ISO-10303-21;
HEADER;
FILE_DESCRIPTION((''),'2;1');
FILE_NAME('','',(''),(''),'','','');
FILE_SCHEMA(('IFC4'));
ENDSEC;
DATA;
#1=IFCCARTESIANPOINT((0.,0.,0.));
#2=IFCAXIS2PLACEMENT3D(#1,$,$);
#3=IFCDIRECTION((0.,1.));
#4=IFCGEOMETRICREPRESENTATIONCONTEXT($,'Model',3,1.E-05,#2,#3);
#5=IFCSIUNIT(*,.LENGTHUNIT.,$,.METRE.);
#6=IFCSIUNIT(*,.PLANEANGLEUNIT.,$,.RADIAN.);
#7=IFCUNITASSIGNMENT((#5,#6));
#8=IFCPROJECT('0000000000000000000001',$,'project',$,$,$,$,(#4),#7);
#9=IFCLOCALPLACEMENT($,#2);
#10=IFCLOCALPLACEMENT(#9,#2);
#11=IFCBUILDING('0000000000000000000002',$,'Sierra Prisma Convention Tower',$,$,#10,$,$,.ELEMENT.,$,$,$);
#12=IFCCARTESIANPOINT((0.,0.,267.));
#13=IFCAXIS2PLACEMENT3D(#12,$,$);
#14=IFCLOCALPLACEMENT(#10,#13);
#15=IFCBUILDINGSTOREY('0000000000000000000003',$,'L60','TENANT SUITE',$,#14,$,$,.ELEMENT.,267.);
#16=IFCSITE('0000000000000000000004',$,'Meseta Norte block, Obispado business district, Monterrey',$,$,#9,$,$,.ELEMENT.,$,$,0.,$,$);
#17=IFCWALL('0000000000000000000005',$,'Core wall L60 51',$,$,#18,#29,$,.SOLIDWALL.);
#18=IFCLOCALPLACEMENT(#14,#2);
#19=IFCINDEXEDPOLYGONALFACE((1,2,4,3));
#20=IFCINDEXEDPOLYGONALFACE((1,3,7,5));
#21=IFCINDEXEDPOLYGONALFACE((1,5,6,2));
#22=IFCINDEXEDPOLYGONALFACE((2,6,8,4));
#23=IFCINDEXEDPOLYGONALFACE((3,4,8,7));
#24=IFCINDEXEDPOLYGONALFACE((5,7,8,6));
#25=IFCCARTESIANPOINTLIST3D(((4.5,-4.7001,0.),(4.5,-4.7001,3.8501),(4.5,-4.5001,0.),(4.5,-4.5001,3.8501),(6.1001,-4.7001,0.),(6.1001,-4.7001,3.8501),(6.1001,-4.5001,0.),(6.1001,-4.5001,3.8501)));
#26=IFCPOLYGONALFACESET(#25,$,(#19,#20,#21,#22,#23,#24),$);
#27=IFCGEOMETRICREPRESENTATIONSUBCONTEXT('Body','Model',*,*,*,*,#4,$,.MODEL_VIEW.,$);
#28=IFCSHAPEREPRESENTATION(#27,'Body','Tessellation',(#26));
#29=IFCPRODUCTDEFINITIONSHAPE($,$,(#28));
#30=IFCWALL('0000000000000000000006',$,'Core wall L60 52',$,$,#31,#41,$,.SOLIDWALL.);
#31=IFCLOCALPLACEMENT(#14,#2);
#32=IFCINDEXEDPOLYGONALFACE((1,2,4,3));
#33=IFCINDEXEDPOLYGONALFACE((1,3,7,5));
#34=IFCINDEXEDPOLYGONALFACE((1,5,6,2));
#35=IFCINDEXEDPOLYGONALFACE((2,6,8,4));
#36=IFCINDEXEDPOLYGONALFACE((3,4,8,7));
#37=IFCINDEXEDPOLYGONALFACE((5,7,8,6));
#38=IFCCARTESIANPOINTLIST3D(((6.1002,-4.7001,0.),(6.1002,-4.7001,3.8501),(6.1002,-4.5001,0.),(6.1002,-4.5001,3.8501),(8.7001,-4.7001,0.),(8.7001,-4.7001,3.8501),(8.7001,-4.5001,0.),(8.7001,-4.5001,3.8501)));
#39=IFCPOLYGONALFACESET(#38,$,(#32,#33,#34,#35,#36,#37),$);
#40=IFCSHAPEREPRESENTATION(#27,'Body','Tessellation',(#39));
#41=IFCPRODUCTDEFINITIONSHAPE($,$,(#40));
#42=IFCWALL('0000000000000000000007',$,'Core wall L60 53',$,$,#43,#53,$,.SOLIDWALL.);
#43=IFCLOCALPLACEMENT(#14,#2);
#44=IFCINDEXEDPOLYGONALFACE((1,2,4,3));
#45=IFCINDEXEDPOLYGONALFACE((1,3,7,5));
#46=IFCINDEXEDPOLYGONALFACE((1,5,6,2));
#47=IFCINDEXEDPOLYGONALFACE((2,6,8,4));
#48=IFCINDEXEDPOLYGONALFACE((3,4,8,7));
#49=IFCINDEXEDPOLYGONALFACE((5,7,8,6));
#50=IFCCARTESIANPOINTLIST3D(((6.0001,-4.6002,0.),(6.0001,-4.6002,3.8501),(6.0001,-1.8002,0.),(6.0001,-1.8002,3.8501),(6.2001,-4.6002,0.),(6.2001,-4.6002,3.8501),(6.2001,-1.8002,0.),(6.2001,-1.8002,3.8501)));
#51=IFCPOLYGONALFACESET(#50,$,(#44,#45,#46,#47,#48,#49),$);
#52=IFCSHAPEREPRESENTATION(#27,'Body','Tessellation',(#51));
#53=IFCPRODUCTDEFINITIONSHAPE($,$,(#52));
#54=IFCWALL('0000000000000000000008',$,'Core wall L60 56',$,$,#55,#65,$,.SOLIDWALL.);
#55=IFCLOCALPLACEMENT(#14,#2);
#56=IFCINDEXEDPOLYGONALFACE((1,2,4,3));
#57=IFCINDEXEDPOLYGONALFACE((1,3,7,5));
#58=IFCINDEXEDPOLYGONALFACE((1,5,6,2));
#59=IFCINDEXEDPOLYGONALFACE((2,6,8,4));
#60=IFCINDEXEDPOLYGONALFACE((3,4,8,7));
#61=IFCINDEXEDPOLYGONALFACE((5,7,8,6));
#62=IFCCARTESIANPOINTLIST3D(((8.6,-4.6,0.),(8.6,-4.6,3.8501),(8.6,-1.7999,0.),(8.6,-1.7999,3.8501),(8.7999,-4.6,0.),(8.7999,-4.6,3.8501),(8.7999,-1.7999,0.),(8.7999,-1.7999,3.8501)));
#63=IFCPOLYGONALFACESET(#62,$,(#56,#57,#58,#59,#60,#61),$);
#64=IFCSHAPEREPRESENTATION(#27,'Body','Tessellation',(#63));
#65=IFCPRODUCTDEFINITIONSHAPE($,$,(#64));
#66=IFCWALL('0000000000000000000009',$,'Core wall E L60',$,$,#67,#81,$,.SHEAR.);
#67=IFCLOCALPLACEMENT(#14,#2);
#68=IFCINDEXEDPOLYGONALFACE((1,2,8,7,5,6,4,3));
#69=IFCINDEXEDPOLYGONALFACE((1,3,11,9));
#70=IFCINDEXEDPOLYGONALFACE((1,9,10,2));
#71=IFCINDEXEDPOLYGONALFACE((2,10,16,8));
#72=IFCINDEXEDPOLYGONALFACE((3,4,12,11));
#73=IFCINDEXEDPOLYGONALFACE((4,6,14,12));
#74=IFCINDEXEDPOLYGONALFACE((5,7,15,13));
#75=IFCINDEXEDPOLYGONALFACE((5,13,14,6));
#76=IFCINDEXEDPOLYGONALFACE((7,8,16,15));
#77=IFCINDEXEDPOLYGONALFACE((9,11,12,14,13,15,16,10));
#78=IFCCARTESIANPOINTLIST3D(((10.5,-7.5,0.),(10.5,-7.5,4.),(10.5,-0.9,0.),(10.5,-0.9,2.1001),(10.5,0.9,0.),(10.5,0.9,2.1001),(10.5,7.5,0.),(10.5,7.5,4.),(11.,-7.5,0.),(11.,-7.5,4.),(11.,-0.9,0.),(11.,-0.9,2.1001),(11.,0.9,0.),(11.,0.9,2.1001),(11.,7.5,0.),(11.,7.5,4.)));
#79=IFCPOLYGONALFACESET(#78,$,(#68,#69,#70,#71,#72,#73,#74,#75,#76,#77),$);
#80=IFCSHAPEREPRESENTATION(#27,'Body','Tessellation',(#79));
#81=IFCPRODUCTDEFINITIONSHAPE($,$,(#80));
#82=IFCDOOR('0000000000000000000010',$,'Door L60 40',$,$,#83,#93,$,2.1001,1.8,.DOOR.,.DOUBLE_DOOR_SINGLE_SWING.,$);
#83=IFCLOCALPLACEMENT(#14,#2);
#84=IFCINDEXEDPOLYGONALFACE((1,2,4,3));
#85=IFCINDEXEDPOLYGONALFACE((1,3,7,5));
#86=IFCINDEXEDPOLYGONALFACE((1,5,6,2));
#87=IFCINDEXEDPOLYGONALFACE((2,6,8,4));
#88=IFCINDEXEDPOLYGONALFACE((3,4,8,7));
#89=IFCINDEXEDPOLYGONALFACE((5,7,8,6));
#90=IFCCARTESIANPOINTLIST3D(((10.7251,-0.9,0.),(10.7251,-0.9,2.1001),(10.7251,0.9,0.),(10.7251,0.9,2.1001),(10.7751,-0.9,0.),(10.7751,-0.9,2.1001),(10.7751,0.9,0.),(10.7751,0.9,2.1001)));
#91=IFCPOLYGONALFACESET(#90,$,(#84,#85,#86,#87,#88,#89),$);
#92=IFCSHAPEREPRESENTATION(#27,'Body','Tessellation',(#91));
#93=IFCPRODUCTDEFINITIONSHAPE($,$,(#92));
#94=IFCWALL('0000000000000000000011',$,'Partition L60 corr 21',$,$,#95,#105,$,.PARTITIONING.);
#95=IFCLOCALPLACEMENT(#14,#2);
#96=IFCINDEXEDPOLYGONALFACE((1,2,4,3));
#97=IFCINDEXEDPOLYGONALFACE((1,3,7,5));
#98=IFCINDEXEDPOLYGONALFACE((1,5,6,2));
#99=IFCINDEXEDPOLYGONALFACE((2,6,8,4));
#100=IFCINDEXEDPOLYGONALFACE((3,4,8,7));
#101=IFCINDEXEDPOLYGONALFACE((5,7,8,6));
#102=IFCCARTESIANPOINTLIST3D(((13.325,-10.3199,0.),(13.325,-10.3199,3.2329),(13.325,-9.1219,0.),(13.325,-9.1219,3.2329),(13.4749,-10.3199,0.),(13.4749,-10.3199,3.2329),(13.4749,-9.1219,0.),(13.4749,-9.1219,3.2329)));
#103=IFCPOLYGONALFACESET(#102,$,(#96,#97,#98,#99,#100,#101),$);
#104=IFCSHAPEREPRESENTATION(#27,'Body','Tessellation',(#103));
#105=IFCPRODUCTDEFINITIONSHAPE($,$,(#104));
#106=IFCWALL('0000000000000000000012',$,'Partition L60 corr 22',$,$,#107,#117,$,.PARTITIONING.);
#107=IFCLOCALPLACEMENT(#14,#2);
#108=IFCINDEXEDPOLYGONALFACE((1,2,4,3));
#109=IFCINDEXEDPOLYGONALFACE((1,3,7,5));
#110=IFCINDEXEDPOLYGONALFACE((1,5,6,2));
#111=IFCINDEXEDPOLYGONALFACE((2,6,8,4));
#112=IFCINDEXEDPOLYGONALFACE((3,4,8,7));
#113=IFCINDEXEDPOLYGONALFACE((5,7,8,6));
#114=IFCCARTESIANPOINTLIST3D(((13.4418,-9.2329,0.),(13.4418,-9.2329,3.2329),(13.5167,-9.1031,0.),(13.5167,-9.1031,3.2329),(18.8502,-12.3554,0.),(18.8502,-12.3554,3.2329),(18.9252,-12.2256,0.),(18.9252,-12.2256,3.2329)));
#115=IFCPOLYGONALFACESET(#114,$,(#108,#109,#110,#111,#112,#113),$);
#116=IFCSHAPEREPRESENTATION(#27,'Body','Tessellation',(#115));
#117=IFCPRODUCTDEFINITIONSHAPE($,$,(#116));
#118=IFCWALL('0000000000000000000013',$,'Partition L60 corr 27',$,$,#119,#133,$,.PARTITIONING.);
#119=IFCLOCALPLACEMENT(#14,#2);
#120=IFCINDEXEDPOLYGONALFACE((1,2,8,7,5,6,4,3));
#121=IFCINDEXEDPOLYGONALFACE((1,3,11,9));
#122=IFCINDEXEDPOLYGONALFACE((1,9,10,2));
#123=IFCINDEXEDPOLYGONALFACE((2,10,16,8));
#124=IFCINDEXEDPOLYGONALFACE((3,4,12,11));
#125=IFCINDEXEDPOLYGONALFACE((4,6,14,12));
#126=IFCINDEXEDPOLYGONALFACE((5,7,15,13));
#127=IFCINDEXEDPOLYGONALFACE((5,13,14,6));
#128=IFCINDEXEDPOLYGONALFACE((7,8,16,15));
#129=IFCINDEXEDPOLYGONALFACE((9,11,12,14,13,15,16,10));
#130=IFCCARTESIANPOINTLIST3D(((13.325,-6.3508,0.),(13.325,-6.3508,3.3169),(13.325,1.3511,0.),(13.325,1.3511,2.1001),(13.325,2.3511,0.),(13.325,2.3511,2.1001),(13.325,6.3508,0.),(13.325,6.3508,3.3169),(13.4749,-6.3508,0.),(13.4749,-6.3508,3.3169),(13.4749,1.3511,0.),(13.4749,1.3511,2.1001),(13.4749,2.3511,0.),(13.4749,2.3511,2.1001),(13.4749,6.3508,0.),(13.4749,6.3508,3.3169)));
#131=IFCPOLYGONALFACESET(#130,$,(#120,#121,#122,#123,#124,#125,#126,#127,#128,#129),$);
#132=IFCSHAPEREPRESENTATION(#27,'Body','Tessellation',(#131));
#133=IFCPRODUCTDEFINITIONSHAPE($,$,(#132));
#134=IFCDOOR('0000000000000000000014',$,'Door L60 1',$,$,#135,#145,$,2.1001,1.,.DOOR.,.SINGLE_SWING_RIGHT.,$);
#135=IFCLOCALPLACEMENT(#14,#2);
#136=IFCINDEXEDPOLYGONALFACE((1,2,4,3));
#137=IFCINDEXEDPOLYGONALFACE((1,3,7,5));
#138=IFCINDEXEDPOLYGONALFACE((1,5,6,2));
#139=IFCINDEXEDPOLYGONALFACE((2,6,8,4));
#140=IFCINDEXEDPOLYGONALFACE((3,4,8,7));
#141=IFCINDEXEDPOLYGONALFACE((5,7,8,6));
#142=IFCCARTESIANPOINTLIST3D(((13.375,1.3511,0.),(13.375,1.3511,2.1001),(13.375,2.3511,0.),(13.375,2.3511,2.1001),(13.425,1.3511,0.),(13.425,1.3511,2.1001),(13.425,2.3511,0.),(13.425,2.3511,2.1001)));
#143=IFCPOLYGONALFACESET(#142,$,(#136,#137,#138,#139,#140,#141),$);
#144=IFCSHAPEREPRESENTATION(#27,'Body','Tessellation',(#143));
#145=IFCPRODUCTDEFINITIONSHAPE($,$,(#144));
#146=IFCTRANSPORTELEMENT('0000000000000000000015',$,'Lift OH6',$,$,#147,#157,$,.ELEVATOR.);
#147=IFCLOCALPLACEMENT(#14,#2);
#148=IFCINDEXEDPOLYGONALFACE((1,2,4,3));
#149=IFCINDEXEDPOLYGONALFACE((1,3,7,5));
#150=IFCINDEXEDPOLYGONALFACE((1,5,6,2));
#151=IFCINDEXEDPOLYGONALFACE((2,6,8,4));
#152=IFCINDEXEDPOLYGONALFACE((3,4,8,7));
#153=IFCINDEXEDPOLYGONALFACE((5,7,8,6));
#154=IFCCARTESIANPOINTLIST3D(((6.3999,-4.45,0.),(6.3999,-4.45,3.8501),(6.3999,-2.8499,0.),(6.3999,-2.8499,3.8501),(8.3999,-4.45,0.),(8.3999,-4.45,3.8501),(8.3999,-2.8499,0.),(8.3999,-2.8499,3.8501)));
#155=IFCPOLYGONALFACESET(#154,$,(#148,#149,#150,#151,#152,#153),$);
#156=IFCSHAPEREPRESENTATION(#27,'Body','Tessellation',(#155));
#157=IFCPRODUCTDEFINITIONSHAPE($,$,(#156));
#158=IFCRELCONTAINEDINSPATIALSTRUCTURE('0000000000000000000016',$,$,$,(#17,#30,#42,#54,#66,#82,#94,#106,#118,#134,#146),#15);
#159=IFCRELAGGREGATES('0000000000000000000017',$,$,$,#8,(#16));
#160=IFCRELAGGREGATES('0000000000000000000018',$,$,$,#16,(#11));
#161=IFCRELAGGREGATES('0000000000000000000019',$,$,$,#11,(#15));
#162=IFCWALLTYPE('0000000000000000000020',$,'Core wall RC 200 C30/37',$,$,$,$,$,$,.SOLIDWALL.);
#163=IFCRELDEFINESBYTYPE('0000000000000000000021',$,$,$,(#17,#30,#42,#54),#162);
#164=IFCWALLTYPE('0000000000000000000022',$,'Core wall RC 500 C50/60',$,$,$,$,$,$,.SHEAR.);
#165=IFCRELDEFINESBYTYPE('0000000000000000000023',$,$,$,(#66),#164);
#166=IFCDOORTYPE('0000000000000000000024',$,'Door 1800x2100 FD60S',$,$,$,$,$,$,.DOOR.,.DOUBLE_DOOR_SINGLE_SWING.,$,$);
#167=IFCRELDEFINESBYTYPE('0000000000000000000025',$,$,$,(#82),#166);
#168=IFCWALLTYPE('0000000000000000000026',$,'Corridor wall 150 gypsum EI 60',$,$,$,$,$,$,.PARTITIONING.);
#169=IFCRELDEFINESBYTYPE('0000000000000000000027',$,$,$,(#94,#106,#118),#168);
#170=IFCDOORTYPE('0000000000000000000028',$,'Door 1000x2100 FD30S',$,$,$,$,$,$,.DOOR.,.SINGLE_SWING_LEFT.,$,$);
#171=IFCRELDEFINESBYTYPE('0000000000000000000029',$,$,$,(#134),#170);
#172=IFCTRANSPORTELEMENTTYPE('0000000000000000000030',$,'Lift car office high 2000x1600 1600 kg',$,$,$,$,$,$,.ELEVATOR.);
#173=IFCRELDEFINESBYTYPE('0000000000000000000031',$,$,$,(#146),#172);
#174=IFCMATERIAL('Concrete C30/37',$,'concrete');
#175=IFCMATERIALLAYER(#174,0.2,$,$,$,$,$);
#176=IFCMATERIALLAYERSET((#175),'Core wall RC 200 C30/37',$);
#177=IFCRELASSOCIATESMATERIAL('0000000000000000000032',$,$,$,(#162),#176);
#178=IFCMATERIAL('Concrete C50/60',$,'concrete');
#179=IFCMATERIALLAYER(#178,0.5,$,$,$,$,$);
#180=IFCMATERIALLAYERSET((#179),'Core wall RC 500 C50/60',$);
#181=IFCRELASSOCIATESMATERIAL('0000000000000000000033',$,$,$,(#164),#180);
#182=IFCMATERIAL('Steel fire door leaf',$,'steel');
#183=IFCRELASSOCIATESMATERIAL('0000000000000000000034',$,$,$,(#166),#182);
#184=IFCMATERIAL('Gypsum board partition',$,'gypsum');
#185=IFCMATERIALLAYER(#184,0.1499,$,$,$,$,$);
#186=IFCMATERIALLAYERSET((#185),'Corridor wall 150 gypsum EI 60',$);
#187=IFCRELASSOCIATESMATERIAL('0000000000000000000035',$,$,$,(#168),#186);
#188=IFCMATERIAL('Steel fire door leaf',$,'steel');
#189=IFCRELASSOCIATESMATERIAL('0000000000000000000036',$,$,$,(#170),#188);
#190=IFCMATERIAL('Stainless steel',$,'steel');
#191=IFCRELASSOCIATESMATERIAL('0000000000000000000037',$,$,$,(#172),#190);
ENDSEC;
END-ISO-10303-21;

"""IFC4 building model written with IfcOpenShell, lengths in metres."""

from ifc_helpers import new_model, si_unit, direction, frame, frame_2d, origin, origin_2d, place, context, subcontext, project, spatial, rectangle, extrude, material, layer, layer_set, type_object, element, fill, save


model = new_model("IFC4")

# Units and contexts
model_context = context("Model", 3, precision=1e-05, world=origin(), true_north=direction((0.0, 1.0)))
body_context = subcontext(model_context, "Body", "Model", "MODEL_VIEW")
ifc_project = project(units=[si_unit("LENGTHUNIT", "METRE"), si_unit("PLANEANGLEUNIT", "RADIAN")], contexts=[model_context])

# Site, building, storey
site_placement = place(None, origin())
site = spatial("IfcSite", under=ifc_project, at=site_placement, Name="Meseta Norte block, Obispado business district, Monterrey", CompositionType="ELEMENT", RefElevation=0.0)
building_placement = place(site_placement, origin())
building = spatial("IfcBuilding", under=site, at=building_placement, Name="Sierra Prisma Convention Tower", CompositionType="ELEMENT")
storey_placement = place(building_placement, frame((0.0, 0.0, 267.0)))
storey = spatial("IfcBuildingStorey", under=building, at=storey_placement, Name="L60", Description="TENANT SUITE", CompositionType="ELEMENT", Elevation=267.0)

# Walls
ifc_material_1 = material(Name="Concrete C30/37", Category="concrete")
ifc_layer_1 = layer(ifc_material_1, 0.2)
ifc_layer_set_1 = layer_set([ifc_layer_1], Name="Core wall RC 200 C30/37")
wall_type_1 = type_object("IfcWallType", Name="Core wall RC 200 C30/37", PredefinedType="SOLIDWALL", material=ifc_layer_set_1)
wall_1_placement = place(storey_placement, frame((6.1001, -4.6001, 0.0), z_axis=(0.0, 0.0, 1.0), x_axis=(-1.0, 0.0, 0.0)))
element("IfcWall", 1, at=wall_1_placement, inside=storey, type_object=wall_type_1, Name="Core wall L60 51", PredefinedType="SOLIDWALL", context=body_context, shape_type="SweptSolid", body=[
    extrude(rectangle(XDim=1.6001, YDim=0.2, at=frame_2d((0.8, 0.0))), origin(), (0.0, 0.0, 1.0), 3.8501),
])
wall_2_placement = place(storey_placement, frame((8.7, -4.6001, 0.0), z_axis=(0.0, 0.0, 1.0), x_axis=(-1.0, 0.0, 0.0)))
element("IfcWall", 2, at=wall_2_placement, inside=storey, type_object=wall_type_1, Name="Core wall L60 52", PredefinedType="SOLIDWALL", context=body_context, shape_type="SweptSolid", body=[
    extrude(rectangle(XDim=2.5999, YDim=0.2, at=frame_2d((1.2998, 0.0))), origin(), (0.0, 0.0, 1.0), 3.8501),
])
wall_3_placement = place(storey_placement, frame((6.1001, -4.6001, 0.0), z_axis=(0.0, 0.0, 1.0), x_axis=(0.0, 1.0, 0.0)))
element("IfcWall", 3, at=wall_3_placement, inside=storey, type_object=wall_type_1, Name="Core wall L60 53", PredefinedType="SOLIDWALL", context=body_context, shape_type="SweptSolid", body=[
    extrude(rectangle(XDim=2.8, YDim=0.2, at=frame_2d((1.3999, 0.0))), origin(), (0.0, 0.0, 1.0), 3.8501),
])

# Wall
wall_4_placement = place(storey_placement, frame((8.7, -1.8, 0.0), z_axis=(0.0, 0.0, 1.0), x_axis=(0.0, -1.0, 0.0)))
element("IfcWall", 4, at=wall_4_placement, inside=storey, type_object=wall_type_1, Name="Core wall L60 56", PredefinedType="SOLIDWALL", context=body_context, shape_type="SweptSolid", body=[
    extrude(rectangle(XDim=2.8, YDim=0.2, at=frame_2d((1.3999, 0.0))), origin(), (0.0, 0.0, 1.0), 3.8501),
])

# Wall, opening, door
ifc_material_2 = material(Name="Concrete C50/60", Category="concrete")
ifc_layer_2 = layer(ifc_material_2, 0.5)
ifc_layer_set_2 = layer_set([ifc_layer_2], Name="Core wall RC 500 C50/60")
wall_type_2 = type_object("IfcWallType", Name="Core wall RC 500 C50/60", PredefinedType="SHEAR", material=ifc_layer_set_2)
wall_5_placement = place(storey_placement, frame((10.75, -7.5, 0.0), z_axis=(0.0, 0.0, 1.0), x_axis=(0.0, 1.0, 0.0)))
wall_5 = element("IfcWall", 5, at=wall_5_placement, inside=storey, type_object=wall_type_2, Name="Core wall E L60", PredefinedType="SHEAR", context=body_context, shape_type="SweptSolid", body=[
    extrude(rectangle(XDim=15.0, YDim=0.5, at=frame_2d((7.5, 0.0))), origin(), (0.0, 0.0, 1.0), 4.0),
])
opening_1_placement = place(wall_5_placement, frame((6.6001, 0.0, 0.0)))
opening_1 = element("IfcOpeningElement", 6, at=opening_1_placement, cuts=wall_5, PredefinedType="OPENING", context=body_context, shape_type="SweptSolid", body=[
    extrude(rectangle(XDim=1.8, YDim=2.1001, at=frame_2d((0.8999, 1.05))), frame((0.0, 0.25, 0.0), z_axis=(0.0, -1.0, 0.0), x_axis=(1.0, 0.0, 0.0)), (0.0, 0.0, 1.0), 0.5),
])
ifc_material_3 = material(Name="Steel fire door leaf", Category="steel")
door_type_1 = type_object("IfcDoorType", Name="Door 1800x2100 FD60S", OperationType="DOUBLE_DOOR_SINGLE_SWING", PredefinedType="DOOR", material=ifc_material_3)
door_1_placement = place(opening_1_placement, origin())
door_1 = element("IfcDoor", 7, at=door_1_placement, inside=storey, type_object=door_type_1, Name="Door L60 40", OperationType="DOUBLE_DOOR_SINGLE_SWING", OverallHeight=2.1001, OverallWidth=1.8, PredefinedType="DOOR", context=body_context, shape_type="SweptSolid", body=[
    extrude(rectangle(XDim=1.8, YDim=2.1001, at=frame_2d((0.8999, 1.05))), frame((0.0, 0.0249, 0.0), z_axis=(0.0, -1.0, 0.0), x_axis=(1.0, 0.0, 0.0)), (0.0, 0.0, 1.0), 0.05),
])
fill(opening_1, door_1)

# Walls
ifc_material_4 = material(Name="Gypsum board partition", Category="gypsum")
ifc_layer_3 = layer(ifc_material_4, 0.1499)
ifc_layer_set_3 = layer_set([ifc_layer_3], Name="Corridor wall 150 gypsum EI 60")
wall_type_3 = type_object("IfcWallType", Name="Corridor wall 150 gypsum EI 60", PredefinedType="PARTITIONING", material=ifc_layer_set_3)
wall_6_placement = place(storey_placement, frame((13.3999, -10.3201, 0.0), z_axis=(0.0, 0.0, 1.0), x_axis=(0.0, 1.0, 0.0)))
element("IfcWall", 8, at=wall_6_placement, inside=storey, type_object=wall_type_3, Name="Partition L60 corr 21", PredefinedType="PARTITIONING", context=body_context, shape_type="SweptSolid", body=[
    extrude(rectangle(XDim=1.198, YDim=0.1499, at=frame_2d((0.5991, 0.0))), origin(), (0.0, 0.0, 1.0), 3.2329),
])
wall_7_placement = place(storey_placement, frame((13.4792, -9.168, 0.0), z_axis=(0.0, 0.0, 1.0), x_axis=(0.866026, -0.499999, 0.0)))
element("IfcWall", 9, at=wall_7_placement, inside=storey, type_object=wall_type_3, Name="Partition L60 corr 22", PredefinedType="PARTITIONING", context=body_context, shape_type="SweptSolid", body=[
    extrude(rectangle(XDim=6.2451, YDim=0.1499, at=frame_2d((3.1226, 0.0))), origin(), (0.0, 0.0, 1.0), 3.2329),
])

# Wall, opening, door
wall_8_placement = place(storey_placement, frame((13.3999, -6.3508, 0.0), z_axis=(0.0, 0.0, 1.0), x_axis=(0.0, 1.0, 0.0)))
wall_8 = element("IfcWall", 10, at=wall_8_placement, inside=storey, type_object=wall_type_3, Name="Partition L60 corr 27", PredefinedType="PARTITIONING", context=body_context, shape_type="SweptSolid", body=[
    extrude(rectangle(XDim=12.7017, YDim=0.1499, at=frame_2d((6.3508, 0.0))), origin(), (0.0, 0.0, 1.0), 3.3169),
])
opening_2_placement = place(wall_8_placement, frame((7.7019, 0.0, 0.0)))
opening_2 = element("IfcOpeningElement", 11, at=opening_2_placement, cuts=wall_8, PredefinedType="OPENING", context=body_context, shape_type="SweptSolid", body=[
    extrude(rectangle(XDim=1.0, YDim=2.1001, at=frame_2d((0.5, 1.05))), frame((0.0, 0.075, 0.0), z_axis=(0.0, -1.0, 0.0), x_axis=(1.0, 0.0, 0.0)), (0.0, 0.0, 1.0), 0.1499),
])
ifc_material_5 = material(Name="Steel fire door leaf", Category="steel")
door_type_2 = type_object("IfcDoorType", Name="Door 1000x2100 FD30S", OperationType="SINGLE_SWING_LEFT", PredefinedType="DOOR", material=ifc_material_5)
door_2_placement = place(opening_2_placement, origin())
door_2 = element("IfcDoor", 12, at=door_2_placement, inside=storey, type_object=door_type_2, Name="Door L60 1", OperationType="SINGLE_SWING_RIGHT", OverallHeight=2.1001, OverallWidth=1.0, PredefinedType="DOOR", context=body_context, shape_type="SweptSolid", body=[
    extrude(rectangle(XDim=1.0, YDim=2.1001, at=frame_2d((0.5, 1.05))), frame((0.0, 0.0249, 0.0), z_axis=(0.0, -1.0, 0.0), x_axis=(1.0, 0.0, 0.0)), (0.0, 0.0, 1.0), 0.05),
])
fill(opening_2, door_2)

# Transport element
ifc_material_6 = material(Name="Stainless steel", Category="steel")
transport_element_type = type_object("IfcTransportElementType", Name="Lift car office high 2000x1600 1600 kg", PredefinedType="ELEVATOR", material=ifc_material_6)
transport_element_placement = place(storey_placement, frame((7.3999, -3.6499, 0.0), z_axis=(0.0, 0.0, 1.0), x_axis=(1.0, 0.0, 0.0)))
element("IfcTransportElement", 13, at=transport_element_placement, inside=storey, type_object=transport_element_type, Name="Lift OH6", PredefinedType="ELEVATOR", context=body_context, shape_type="SweptSolid", body=[
    extrude(rectangle(XDim=2.0, YDim=1.6001, at=origin_2d()), origin(), (0.0, 0.0, 1.0), 3.8501),
])

save(model, "model.ifc")
